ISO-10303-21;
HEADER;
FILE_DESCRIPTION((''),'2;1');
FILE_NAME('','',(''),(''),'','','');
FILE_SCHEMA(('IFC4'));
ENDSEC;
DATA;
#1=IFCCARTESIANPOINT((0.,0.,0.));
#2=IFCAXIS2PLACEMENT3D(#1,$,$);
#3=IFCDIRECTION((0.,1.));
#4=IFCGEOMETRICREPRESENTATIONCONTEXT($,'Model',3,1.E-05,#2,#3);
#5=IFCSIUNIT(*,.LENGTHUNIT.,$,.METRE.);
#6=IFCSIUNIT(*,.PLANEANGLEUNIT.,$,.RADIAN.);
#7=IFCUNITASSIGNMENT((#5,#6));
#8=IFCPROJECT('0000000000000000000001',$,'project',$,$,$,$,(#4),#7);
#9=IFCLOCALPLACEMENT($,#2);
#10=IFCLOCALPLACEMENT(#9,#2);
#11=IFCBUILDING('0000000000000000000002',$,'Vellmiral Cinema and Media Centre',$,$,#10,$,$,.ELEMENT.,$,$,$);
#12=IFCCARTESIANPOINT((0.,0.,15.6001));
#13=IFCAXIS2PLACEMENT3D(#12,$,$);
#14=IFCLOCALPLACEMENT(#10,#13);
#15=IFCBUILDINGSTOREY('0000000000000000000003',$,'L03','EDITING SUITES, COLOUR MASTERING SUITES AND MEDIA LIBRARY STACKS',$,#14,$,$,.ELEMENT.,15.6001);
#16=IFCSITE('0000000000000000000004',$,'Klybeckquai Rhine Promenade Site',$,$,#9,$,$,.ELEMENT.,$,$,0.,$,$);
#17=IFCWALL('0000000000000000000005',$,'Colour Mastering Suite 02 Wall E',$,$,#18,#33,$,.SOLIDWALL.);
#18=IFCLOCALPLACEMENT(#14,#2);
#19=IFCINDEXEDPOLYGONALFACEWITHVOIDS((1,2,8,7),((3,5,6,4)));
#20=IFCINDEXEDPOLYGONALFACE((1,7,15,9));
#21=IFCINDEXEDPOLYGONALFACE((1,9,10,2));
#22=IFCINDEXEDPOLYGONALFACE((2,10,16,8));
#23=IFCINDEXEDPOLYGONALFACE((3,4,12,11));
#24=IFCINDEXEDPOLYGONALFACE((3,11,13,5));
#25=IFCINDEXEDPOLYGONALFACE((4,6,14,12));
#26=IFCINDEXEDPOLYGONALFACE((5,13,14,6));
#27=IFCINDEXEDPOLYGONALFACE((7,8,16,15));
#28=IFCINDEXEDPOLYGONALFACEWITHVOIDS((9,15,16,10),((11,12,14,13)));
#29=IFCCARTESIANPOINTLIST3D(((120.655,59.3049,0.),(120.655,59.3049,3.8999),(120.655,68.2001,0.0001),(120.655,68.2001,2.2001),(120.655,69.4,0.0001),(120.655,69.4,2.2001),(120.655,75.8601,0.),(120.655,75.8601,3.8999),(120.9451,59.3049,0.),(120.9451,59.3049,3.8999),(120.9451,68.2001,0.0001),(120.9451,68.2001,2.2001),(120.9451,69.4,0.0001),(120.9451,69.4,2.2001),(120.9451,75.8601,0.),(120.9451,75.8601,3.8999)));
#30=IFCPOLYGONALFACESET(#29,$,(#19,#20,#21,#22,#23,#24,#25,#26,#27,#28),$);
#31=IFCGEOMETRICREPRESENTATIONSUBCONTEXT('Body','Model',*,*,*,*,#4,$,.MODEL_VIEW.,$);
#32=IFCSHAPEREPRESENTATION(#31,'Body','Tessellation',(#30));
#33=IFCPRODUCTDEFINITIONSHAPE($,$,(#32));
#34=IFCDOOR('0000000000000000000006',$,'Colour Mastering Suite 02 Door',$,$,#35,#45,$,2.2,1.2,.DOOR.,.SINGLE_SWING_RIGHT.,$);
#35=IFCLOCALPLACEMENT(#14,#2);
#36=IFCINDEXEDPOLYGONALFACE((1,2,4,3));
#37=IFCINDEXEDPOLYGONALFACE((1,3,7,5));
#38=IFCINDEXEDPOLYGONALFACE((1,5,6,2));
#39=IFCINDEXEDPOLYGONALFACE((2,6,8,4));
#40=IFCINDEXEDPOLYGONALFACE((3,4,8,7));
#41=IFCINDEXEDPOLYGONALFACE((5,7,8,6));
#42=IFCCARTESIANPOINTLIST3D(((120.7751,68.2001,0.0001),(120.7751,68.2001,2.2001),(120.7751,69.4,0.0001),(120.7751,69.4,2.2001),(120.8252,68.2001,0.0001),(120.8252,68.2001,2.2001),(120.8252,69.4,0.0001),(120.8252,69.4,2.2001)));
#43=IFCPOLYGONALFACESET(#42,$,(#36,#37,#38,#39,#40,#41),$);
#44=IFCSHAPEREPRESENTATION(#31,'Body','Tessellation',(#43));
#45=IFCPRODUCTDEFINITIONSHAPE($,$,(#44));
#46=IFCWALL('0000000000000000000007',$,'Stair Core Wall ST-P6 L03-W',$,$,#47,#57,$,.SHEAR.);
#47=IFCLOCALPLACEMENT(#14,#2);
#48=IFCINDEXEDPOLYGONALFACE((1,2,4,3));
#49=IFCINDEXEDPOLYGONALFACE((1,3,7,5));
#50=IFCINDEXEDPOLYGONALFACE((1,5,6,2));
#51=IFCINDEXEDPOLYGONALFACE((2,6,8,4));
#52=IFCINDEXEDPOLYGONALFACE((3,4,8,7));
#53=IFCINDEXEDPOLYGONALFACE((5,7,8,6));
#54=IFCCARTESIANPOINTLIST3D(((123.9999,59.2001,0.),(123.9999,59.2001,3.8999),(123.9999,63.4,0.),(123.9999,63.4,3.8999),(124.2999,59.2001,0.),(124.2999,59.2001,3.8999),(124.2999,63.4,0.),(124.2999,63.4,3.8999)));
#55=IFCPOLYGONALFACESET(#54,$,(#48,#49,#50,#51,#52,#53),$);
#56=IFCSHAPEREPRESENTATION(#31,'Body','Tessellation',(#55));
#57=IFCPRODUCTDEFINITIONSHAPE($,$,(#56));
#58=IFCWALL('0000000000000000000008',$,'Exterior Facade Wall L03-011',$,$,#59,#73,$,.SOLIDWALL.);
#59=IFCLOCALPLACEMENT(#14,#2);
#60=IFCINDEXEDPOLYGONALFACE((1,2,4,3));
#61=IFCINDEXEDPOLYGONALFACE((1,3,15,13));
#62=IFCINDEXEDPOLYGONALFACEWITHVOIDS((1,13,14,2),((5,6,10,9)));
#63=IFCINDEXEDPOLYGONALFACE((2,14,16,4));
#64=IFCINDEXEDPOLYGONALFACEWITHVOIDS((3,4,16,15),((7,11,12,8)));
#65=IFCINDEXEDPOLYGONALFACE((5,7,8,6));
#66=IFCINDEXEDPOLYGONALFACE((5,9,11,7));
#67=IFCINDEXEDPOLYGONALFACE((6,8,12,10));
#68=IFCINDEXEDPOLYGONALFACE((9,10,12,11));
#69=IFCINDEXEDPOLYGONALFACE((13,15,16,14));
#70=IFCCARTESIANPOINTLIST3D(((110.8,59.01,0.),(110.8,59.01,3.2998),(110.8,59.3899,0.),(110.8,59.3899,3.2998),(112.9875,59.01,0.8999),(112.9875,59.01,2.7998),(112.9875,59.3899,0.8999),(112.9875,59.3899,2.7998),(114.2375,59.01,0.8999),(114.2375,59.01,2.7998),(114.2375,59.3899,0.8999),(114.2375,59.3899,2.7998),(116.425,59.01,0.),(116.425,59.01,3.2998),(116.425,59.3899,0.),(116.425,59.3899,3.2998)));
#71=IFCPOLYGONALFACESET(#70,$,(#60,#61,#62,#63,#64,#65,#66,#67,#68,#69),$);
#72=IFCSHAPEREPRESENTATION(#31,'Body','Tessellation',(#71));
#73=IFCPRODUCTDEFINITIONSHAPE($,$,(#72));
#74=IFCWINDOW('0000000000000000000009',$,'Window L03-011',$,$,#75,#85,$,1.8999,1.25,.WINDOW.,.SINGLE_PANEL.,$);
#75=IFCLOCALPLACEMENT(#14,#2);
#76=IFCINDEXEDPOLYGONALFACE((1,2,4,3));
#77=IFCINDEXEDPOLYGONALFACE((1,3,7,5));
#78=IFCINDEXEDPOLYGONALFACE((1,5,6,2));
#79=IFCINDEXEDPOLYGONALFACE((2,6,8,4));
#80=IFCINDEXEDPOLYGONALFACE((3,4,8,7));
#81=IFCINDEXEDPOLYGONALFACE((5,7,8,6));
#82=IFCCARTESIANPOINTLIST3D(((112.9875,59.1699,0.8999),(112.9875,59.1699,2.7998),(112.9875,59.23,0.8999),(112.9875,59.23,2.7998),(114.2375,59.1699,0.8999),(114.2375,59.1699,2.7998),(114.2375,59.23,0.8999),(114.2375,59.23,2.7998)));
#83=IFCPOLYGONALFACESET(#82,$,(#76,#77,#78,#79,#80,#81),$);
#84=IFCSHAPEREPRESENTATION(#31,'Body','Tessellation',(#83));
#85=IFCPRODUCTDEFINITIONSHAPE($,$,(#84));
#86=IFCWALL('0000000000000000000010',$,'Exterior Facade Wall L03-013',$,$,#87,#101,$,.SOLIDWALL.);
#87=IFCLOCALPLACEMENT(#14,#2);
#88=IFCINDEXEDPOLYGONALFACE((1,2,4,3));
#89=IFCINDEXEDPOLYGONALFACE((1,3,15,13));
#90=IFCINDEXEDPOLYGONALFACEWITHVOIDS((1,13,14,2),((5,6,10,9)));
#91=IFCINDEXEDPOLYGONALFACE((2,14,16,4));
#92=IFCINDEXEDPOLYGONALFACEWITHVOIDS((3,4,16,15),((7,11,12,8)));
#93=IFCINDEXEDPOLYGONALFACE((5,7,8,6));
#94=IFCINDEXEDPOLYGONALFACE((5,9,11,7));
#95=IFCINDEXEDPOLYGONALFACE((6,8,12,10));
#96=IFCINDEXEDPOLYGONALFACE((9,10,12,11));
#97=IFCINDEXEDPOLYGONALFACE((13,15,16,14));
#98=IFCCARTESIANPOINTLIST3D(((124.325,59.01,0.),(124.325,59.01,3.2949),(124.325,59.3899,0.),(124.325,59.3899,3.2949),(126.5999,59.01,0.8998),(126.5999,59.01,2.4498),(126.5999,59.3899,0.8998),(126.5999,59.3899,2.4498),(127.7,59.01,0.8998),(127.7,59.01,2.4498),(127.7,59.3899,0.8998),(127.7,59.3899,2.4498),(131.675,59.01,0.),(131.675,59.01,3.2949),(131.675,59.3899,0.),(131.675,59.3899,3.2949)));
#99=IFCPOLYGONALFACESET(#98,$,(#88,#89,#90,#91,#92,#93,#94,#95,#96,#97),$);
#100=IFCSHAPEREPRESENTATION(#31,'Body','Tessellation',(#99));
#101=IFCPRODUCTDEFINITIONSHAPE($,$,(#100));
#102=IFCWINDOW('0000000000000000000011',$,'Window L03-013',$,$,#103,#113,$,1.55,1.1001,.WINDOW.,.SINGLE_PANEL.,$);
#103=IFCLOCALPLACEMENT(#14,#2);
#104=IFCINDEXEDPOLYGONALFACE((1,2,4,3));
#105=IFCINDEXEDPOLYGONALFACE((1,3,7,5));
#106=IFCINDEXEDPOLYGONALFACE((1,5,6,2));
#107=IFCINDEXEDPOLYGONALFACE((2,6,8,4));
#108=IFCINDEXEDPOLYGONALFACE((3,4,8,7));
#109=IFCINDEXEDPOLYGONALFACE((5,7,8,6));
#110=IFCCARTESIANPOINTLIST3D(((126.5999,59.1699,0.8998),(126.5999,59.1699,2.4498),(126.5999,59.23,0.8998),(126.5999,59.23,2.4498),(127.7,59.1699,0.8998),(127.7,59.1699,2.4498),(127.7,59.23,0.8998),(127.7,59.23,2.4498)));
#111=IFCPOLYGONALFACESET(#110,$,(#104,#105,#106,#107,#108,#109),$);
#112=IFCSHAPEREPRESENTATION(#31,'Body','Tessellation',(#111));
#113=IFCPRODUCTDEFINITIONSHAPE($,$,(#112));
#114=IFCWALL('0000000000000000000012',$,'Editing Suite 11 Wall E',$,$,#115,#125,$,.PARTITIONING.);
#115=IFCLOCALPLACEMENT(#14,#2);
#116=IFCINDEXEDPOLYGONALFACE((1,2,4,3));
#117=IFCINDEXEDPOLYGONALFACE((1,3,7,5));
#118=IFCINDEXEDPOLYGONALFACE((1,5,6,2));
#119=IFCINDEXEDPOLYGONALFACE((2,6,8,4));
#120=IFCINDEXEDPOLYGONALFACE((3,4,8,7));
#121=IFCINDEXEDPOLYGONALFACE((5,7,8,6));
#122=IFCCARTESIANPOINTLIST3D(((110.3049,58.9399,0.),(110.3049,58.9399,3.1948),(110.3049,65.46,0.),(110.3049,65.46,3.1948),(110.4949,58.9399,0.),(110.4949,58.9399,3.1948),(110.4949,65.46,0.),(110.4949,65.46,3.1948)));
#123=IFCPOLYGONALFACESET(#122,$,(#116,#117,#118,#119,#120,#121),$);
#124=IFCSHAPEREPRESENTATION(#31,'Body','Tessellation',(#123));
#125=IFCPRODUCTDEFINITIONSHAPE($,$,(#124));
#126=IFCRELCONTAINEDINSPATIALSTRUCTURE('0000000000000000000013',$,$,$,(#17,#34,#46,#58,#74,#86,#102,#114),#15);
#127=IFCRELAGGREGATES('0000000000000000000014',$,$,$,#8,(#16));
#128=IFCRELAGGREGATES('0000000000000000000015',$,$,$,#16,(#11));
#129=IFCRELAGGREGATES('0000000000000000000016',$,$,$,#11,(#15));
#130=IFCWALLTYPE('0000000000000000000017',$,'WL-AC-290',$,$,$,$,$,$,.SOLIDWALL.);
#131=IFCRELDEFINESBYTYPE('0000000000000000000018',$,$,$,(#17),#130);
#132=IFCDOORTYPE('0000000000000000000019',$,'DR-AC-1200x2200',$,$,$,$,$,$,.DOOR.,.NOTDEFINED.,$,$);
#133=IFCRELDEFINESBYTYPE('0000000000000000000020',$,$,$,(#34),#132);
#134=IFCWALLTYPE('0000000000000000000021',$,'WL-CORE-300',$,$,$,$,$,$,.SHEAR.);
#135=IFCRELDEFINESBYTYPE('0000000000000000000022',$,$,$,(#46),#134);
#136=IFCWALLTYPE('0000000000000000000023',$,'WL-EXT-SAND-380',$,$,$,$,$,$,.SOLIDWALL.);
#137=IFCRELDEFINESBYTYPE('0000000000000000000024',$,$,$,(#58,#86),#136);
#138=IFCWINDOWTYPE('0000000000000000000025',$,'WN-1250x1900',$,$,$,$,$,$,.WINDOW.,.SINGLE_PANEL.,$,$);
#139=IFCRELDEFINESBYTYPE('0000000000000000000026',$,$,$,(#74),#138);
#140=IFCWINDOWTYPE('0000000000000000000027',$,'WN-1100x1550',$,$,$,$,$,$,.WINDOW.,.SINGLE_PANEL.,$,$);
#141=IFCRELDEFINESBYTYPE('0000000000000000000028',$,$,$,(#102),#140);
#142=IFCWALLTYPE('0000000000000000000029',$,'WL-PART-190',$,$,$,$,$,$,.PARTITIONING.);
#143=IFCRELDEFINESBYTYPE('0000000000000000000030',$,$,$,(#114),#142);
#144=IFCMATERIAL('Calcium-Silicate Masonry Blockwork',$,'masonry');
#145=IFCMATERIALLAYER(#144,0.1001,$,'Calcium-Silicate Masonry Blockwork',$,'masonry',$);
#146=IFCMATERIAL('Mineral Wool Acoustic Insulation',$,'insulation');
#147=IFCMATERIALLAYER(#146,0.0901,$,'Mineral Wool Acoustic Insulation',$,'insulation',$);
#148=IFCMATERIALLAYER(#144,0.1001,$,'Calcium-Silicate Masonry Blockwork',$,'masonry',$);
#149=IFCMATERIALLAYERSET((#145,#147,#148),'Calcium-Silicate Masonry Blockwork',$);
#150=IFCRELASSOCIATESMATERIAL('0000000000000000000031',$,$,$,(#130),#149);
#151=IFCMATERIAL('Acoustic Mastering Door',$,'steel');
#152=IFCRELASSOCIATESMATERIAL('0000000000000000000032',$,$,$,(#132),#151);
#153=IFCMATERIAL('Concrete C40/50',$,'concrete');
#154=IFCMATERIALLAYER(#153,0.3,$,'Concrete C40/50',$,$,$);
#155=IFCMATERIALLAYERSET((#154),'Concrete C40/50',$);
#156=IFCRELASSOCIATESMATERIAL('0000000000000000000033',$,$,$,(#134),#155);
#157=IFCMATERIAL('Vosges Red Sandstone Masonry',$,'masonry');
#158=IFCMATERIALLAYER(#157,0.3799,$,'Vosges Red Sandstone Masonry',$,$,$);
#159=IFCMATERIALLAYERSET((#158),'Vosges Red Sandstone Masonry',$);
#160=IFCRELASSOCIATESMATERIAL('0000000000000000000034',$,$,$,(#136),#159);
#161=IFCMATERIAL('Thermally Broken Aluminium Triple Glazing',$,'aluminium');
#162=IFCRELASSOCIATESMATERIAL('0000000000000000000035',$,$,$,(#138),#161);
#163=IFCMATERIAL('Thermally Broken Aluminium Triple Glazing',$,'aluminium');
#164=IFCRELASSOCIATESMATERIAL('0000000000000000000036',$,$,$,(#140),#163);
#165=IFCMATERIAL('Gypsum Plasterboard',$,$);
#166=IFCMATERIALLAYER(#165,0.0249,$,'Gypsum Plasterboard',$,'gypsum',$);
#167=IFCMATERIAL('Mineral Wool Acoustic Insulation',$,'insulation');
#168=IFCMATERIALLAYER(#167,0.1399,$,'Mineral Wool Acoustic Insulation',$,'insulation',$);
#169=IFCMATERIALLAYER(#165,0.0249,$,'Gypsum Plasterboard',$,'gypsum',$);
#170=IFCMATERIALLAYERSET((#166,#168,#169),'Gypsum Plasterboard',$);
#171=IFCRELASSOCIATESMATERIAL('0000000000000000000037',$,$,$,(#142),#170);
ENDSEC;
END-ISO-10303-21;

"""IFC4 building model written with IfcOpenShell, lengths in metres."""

from ifc_helpers import new_model, si_unit, direction, frame, frame_2d, origin, place, context, subcontext, project, spatial, rectangle, extrude, material, layer, layer_set, type_object, element, fill, save


model = new_model("IFC4")

# Units and contexts
model_context = context("Model", 3, precision=1e-05, world=origin(), true_north=direction((0.0, 1.0)))
body_context = subcontext(model_context, "Body", "Model", "MODEL_VIEW")
ifc_project = project(units=[si_unit("LENGTHUNIT", "METRE"), si_unit("PLANEANGLEUNIT", "RADIAN")], contexts=[model_context])

# Site, building, storey
site_placement = place(None, origin())
site = spatial("IfcSite", under=ifc_project, at=site_placement, Name="Klybeckquai Rhine Promenade Site", CompositionType="ELEMENT", RefElevation=0.0)
building_placement = place(site_placement, origin())
building = spatial("IfcBuilding", under=site, at=building_placement, Name="Vellmiral Cinema and Media Centre", CompositionType="ELEMENT")
storey_placement = place(building_placement, frame((0.0, 0.0, 15.6001)))
storey = spatial("IfcBuildingStorey", under=building, at=storey_placement, Name="L03", Description="EDITING SUITES, COLOUR MASTERING SUITES AND MEDIA LIBRARY STACKS", CompositionType="ELEMENT", Elevation=15.6001)

# Wall, opening, door
ifc_material_1 = material(Name="Calcium-Silicate Masonry Blockwork", Category="masonry")
ifc_layer_1 = layer(ifc_material_1, 0.1001, Name="Calcium-Silicate Masonry Blockwork", Category="masonry")
ifc_material_2 = material(Name="Mineral Wool Acoustic Insulation", Category="insulation")
ifc_layer_2 = layer(ifc_material_2, 0.0901, Name="Mineral Wool Acoustic Insulation", Category="insulation")
ifc_layer_3 = layer(ifc_material_1, 0.1001, Name="Calcium-Silicate Masonry Blockwork", Category="masonry")
ifc_layer_set_1 = layer_set([ifc_layer_1, ifc_layer_2, ifc_layer_3], Name="Calcium-Silicate Masonry Blockwork")
wall_type_1 = type_object("IfcWallType", Name="WL-AC-290", PredefinedType="SOLIDWALL", material=ifc_layer_set_1)
wall_1_placement = place(storey_placement, frame((120.8, 59.3049, 0.0), z_axis=(0.0, 0.0, 1.0), x_axis=(0.0, 1.0, 0.0)))
wall_1 = element("IfcWall", 1, at=wall_1_placement, inside=storey, type_object=wall_type_1, Name="Colour Mastering Suite 02 Wall E", PredefinedType="SOLIDWALL", context=body_context, shape_type="SweptSolid", body=[
    extrude(rectangle(XDim=16.5552, YDim=0.29, at=frame_2d((8.2776, 0.0))), origin(), (0.0, 0.0, 1.0), 3.8999),
])
opening_1_placement = place(wall_1_placement, frame((8.895, 0.0, 0.0)))
opening_1 = element("IfcOpeningElement", 2, at=opening_1_placement, cuts=wall_1, PredefinedType="OPENING", context=body_context, shape_type="SweptSolid", body=[
    extrude(rectangle(XDim=1.2, YDim=2.2, at=frame_2d((0.6001, 1.1001))), frame((0.0, 0.157, 0.0), z_axis=(0.0, -1.0, 0.0), x_axis=(1.0, 0.0, 0.0)), (0.0, 0.0, 1.0), 0.314),
])
ifc_material_3 = material(Name="Acoustic Mastering Door", Category="steel")
door_type = type_object("IfcDoorType", Name="DR-AC-1200x2200", OperationType="NOTDEFINED", PredefinedType="DOOR", material=ifc_material_3)
door_placement = place(opening_1_placement, origin())
door = element("IfcDoor", 3, at=door_placement, inside=storey, type_object=door_type, Name="Colour Mastering Suite 02 Door", OperationType="SINGLE_SWING_RIGHT", OverallHeight=2.2, OverallWidth=1.2, PredefinedType="DOOR", context=body_context, shape_type="SweptSolid", body=[
    extrude(rectangle(XDim=1.2, YDim=2.2, at=frame_2d((0.6001, 1.1001))), frame((0.0, 0.0249, 0.0), z_axis=(0.0, -1.0, 0.0), x_axis=(1.0, 0.0, 0.0)), (0.0, 0.0, 1.0), 0.05),
])
fill(opening_1, door)

# Wall
ifc_material_4 = material(Name="Concrete C40/50", Category="concrete")
ifc_layer_4 = layer(ifc_material_4, 0.3, Name="Concrete C40/50")
ifc_layer_set_2 = layer_set([ifc_layer_4], Name="Concrete C40/50")
wall_type_2 = type_object("IfcWallType", Name="WL-CORE-300", PredefinedType="SHEAR", material=ifc_layer_set_2)
wall_2_placement = place(storey_placement, frame((124.1499, 59.2, 0.0), z_axis=(0.0, 0.0, 1.0), x_axis=(0.0, 1.0, 0.0)))
element("IfcWall", 4, at=wall_2_placement, inside=storey, type_object=wall_type_2, Name="Stair Core Wall ST-P6 L03-W", PredefinedType="SHEAR", context=body_context, shape_type="SweptSolid", body=[
    extrude(rectangle(XDim=4.2, YDim=0.3, at=frame_2d((2.1001, 0.0))), origin(), (0.0, 0.0, 1.0), 3.8999),
])

# Walls, openings, windows
ifc_material_5 = material(Name="Vosges Red Sandstone Masonry", Category="masonry")
ifc_layer_5 = layer(ifc_material_5, 0.3799, Name="Vosges Red Sandstone Masonry")
ifc_layer_set_3 = layer_set([ifc_layer_5], Name="Vosges Red Sandstone Masonry")
wall_type_3 = type_object("IfcWallType", Name="WL-EXT-SAND-380", PredefinedType="SOLIDWALL", material=ifc_layer_set_3)
wall_3_placement = place(storey_placement, frame((110.8, 59.2, 0.0), z_axis=(0.0, 0.0, 1.0), x_axis=(1.0, 0.0, 0.0)))
wall_3 = element("IfcWall", 5, at=wall_3_placement, inside=storey, type_object=wall_type_3, Name="Exterior Facade Wall L03-011", PredefinedType="SOLIDWALL", context=body_context, shape_type="SweptSolid", body=[
    extrude(rectangle(XDim=5.625, YDim=0.3799, at=frame_2d((2.8125, 0.0))), origin(), (0.0, 0.0, 1.0), 3.2998),
])
opening_2_placement = place(wall_3_placement, frame((2.1875, 0.0, 0.8999)))
opening_2 = element("IfcOpeningElement", 6, at=opening_2_placement, cuts=wall_3, PredefinedType="OPENING", context=body_context, shape_type="SweptSolid", body=[
    extrude(rectangle(XDim=1.25, YDim=1.8999, at=frame_2d((0.625, 0.95))), frame((0.0, 0.2019, 0.0), z_axis=(0.0, -1.0, 0.0), x_axis=(1.0, 0.0, 0.0)), (0.0, 0.0, 1.0), 0.4038),
])
ifc_material_6 = material(Name="Thermally Broken Aluminium Triple Glazing", Category="aluminium")
window_type_1 = type_object("IfcWindowType", Name="WN-1250x1900", PartitioningType="SINGLE_PANEL", PredefinedType="WINDOW", material=ifc_material_6)
window_1_placement = place(opening_2_placement, origin())
window_1 = element("IfcWindow", 7, at=window_1_placement, inside=storey, type_object=window_type_1, Name="Window L03-011", OverallHeight=1.8999, OverallWidth=1.25, PartitioningType="SINGLE_PANEL", PredefinedType="WINDOW", context=body_context, shape_type="SweptSolid", body=[
    extrude(rectangle(XDim=1.25, YDim=1.8999, at=frame_2d((0.625, 0.95))), frame((0.0, 0.03, 0.0), z_axis=(0.0, -1.0, 0.0), x_axis=(1.0, 0.0, 0.0)), (0.0, 0.0, 1.0), 0.0601),
])
fill(opening_2, window_1)
wall_4_placement = place(storey_placement, frame((124.325, 59.2, 0.0), z_axis=(0.0, 0.0, 1.0), x_axis=(1.0, 0.0, 0.0)))
wall_4 = element("IfcWall", 8, at=wall_4_placement, inside=storey, type_object=wall_type_3, Name="Exterior Facade Wall L03-013", PredefinedType="SOLIDWALL", context=body_context, shape_type="SweptSolid", body=[
    extrude(rectangle(XDim=7.3501, YDim=0.3799, at=frame_2d((3.675, 0.0))), origin(), (0.0, 0.0, 1.0), 3.2949),
])
opening_3_placement = place(wall_4_placement, frame((2.2749, 0.0, 0.8999)))
opening_3 = element("IfcOpeningElement", 9, at=opening_3_placement, cuts=wall_4, PredefinedType="OPENING", context=body_context, shape_type="SweptSolid", body=[
    extrude(rectangle(XDim=1.1001, YDim=1.55, at=frame_2d((0.55, 0.7749))), frame((0.0, 0.2019, 0.0), z_axis=(0.0, -1.0, 0.0), x_axis=(1.0, 0.0, 0.0)), (0.0, 0.0, 1.0), 0.4038),
])
ifc_material_7 = material(Name="Thermally Broken Aluminium Triple Glazing", Category="aluminium")
window_type_2 = type_object("IfcWindowType", Name="WN-1100x1550", PartitioningType="SINGLE_PANEL", PredefinedType="WINDOW", material=ifc_material_7)
window_2_placement = place(opening_3_placement, origin())
window_2 = element("IfcWindow", 10, at=window_2_placement, inside=storey, type_object=window_type_2, Name="Window L03-013", OverallHeight=1.55, OverallWidth=1.1001, PartitioningType="SINGLE_PANEL", PredefinedType="WINDOW", context=body_context, shape_type="SweptSolid", body=[
    extrude(rectangle(XDim=1.1001, YDim=1.55, at=frame_2d((0.55, 0.7749))), frame((0.0, 0.03, 0.0), z_axis=(0.0, -1.0, 0.0), x_axis=(1.0, 0.0, 0.0)), (0.0, 0.0, 1.0), 0.0601),
])
fill(opening_3, window_2)

# Wall
ifc_material_8 = material(Name="Gypsum Plasterboard")
ifc_layer_6 = layer(ifc_material_8, 0.0249, Name="Gypsum Plasterboard", Category="gypsum")
ifc_material_9 = material(Name="Mineral Wool Acoustic Insulation", Category="insulation")
ifc_layer_7 = layer(ifc_material_9, 0.1399, Name="Mineral Wool Acoustic Insulation", Category="insulation")
ifc_layer_8 = layer(ifc_material_8, 0.0249, Name="Gypsum Plasterboard", Category="gypsum")
ifc_layer_set_4 = layer_set([ifc_layer_6, ifc_layer_7, ifc_layer_8], Name="Gypsum Plasterboard")
wall_type_4 = type_object("IfcWallType", Name="WL-PART-190", PredefinedType="PARTITIONING", material=ifc_layer_set_4)
wall_5_placement = place(storey_placement, frame((110.3999, 58.9399, 0.0), z_axis=(0.0, 0.0, 1.0), x_axis=(0.0, 1.0, 0.0)))
element("IfcWall", 11, at=wall_5_placement, inside=storey, type_object=wall_type_4, Name="Editing Suite 11 Wall E", PredefinedType="PARTITIONING", context=body_context, shape_type="SweptSolid", body=[
    extrude(rectangle(XDim=6.52, YDim=0.1899, at=frame_2d((3.26, 0.0))), origin(), (0.0, 0.0, 1.0), 3.1948),
])

save(model, "model.ifc")
